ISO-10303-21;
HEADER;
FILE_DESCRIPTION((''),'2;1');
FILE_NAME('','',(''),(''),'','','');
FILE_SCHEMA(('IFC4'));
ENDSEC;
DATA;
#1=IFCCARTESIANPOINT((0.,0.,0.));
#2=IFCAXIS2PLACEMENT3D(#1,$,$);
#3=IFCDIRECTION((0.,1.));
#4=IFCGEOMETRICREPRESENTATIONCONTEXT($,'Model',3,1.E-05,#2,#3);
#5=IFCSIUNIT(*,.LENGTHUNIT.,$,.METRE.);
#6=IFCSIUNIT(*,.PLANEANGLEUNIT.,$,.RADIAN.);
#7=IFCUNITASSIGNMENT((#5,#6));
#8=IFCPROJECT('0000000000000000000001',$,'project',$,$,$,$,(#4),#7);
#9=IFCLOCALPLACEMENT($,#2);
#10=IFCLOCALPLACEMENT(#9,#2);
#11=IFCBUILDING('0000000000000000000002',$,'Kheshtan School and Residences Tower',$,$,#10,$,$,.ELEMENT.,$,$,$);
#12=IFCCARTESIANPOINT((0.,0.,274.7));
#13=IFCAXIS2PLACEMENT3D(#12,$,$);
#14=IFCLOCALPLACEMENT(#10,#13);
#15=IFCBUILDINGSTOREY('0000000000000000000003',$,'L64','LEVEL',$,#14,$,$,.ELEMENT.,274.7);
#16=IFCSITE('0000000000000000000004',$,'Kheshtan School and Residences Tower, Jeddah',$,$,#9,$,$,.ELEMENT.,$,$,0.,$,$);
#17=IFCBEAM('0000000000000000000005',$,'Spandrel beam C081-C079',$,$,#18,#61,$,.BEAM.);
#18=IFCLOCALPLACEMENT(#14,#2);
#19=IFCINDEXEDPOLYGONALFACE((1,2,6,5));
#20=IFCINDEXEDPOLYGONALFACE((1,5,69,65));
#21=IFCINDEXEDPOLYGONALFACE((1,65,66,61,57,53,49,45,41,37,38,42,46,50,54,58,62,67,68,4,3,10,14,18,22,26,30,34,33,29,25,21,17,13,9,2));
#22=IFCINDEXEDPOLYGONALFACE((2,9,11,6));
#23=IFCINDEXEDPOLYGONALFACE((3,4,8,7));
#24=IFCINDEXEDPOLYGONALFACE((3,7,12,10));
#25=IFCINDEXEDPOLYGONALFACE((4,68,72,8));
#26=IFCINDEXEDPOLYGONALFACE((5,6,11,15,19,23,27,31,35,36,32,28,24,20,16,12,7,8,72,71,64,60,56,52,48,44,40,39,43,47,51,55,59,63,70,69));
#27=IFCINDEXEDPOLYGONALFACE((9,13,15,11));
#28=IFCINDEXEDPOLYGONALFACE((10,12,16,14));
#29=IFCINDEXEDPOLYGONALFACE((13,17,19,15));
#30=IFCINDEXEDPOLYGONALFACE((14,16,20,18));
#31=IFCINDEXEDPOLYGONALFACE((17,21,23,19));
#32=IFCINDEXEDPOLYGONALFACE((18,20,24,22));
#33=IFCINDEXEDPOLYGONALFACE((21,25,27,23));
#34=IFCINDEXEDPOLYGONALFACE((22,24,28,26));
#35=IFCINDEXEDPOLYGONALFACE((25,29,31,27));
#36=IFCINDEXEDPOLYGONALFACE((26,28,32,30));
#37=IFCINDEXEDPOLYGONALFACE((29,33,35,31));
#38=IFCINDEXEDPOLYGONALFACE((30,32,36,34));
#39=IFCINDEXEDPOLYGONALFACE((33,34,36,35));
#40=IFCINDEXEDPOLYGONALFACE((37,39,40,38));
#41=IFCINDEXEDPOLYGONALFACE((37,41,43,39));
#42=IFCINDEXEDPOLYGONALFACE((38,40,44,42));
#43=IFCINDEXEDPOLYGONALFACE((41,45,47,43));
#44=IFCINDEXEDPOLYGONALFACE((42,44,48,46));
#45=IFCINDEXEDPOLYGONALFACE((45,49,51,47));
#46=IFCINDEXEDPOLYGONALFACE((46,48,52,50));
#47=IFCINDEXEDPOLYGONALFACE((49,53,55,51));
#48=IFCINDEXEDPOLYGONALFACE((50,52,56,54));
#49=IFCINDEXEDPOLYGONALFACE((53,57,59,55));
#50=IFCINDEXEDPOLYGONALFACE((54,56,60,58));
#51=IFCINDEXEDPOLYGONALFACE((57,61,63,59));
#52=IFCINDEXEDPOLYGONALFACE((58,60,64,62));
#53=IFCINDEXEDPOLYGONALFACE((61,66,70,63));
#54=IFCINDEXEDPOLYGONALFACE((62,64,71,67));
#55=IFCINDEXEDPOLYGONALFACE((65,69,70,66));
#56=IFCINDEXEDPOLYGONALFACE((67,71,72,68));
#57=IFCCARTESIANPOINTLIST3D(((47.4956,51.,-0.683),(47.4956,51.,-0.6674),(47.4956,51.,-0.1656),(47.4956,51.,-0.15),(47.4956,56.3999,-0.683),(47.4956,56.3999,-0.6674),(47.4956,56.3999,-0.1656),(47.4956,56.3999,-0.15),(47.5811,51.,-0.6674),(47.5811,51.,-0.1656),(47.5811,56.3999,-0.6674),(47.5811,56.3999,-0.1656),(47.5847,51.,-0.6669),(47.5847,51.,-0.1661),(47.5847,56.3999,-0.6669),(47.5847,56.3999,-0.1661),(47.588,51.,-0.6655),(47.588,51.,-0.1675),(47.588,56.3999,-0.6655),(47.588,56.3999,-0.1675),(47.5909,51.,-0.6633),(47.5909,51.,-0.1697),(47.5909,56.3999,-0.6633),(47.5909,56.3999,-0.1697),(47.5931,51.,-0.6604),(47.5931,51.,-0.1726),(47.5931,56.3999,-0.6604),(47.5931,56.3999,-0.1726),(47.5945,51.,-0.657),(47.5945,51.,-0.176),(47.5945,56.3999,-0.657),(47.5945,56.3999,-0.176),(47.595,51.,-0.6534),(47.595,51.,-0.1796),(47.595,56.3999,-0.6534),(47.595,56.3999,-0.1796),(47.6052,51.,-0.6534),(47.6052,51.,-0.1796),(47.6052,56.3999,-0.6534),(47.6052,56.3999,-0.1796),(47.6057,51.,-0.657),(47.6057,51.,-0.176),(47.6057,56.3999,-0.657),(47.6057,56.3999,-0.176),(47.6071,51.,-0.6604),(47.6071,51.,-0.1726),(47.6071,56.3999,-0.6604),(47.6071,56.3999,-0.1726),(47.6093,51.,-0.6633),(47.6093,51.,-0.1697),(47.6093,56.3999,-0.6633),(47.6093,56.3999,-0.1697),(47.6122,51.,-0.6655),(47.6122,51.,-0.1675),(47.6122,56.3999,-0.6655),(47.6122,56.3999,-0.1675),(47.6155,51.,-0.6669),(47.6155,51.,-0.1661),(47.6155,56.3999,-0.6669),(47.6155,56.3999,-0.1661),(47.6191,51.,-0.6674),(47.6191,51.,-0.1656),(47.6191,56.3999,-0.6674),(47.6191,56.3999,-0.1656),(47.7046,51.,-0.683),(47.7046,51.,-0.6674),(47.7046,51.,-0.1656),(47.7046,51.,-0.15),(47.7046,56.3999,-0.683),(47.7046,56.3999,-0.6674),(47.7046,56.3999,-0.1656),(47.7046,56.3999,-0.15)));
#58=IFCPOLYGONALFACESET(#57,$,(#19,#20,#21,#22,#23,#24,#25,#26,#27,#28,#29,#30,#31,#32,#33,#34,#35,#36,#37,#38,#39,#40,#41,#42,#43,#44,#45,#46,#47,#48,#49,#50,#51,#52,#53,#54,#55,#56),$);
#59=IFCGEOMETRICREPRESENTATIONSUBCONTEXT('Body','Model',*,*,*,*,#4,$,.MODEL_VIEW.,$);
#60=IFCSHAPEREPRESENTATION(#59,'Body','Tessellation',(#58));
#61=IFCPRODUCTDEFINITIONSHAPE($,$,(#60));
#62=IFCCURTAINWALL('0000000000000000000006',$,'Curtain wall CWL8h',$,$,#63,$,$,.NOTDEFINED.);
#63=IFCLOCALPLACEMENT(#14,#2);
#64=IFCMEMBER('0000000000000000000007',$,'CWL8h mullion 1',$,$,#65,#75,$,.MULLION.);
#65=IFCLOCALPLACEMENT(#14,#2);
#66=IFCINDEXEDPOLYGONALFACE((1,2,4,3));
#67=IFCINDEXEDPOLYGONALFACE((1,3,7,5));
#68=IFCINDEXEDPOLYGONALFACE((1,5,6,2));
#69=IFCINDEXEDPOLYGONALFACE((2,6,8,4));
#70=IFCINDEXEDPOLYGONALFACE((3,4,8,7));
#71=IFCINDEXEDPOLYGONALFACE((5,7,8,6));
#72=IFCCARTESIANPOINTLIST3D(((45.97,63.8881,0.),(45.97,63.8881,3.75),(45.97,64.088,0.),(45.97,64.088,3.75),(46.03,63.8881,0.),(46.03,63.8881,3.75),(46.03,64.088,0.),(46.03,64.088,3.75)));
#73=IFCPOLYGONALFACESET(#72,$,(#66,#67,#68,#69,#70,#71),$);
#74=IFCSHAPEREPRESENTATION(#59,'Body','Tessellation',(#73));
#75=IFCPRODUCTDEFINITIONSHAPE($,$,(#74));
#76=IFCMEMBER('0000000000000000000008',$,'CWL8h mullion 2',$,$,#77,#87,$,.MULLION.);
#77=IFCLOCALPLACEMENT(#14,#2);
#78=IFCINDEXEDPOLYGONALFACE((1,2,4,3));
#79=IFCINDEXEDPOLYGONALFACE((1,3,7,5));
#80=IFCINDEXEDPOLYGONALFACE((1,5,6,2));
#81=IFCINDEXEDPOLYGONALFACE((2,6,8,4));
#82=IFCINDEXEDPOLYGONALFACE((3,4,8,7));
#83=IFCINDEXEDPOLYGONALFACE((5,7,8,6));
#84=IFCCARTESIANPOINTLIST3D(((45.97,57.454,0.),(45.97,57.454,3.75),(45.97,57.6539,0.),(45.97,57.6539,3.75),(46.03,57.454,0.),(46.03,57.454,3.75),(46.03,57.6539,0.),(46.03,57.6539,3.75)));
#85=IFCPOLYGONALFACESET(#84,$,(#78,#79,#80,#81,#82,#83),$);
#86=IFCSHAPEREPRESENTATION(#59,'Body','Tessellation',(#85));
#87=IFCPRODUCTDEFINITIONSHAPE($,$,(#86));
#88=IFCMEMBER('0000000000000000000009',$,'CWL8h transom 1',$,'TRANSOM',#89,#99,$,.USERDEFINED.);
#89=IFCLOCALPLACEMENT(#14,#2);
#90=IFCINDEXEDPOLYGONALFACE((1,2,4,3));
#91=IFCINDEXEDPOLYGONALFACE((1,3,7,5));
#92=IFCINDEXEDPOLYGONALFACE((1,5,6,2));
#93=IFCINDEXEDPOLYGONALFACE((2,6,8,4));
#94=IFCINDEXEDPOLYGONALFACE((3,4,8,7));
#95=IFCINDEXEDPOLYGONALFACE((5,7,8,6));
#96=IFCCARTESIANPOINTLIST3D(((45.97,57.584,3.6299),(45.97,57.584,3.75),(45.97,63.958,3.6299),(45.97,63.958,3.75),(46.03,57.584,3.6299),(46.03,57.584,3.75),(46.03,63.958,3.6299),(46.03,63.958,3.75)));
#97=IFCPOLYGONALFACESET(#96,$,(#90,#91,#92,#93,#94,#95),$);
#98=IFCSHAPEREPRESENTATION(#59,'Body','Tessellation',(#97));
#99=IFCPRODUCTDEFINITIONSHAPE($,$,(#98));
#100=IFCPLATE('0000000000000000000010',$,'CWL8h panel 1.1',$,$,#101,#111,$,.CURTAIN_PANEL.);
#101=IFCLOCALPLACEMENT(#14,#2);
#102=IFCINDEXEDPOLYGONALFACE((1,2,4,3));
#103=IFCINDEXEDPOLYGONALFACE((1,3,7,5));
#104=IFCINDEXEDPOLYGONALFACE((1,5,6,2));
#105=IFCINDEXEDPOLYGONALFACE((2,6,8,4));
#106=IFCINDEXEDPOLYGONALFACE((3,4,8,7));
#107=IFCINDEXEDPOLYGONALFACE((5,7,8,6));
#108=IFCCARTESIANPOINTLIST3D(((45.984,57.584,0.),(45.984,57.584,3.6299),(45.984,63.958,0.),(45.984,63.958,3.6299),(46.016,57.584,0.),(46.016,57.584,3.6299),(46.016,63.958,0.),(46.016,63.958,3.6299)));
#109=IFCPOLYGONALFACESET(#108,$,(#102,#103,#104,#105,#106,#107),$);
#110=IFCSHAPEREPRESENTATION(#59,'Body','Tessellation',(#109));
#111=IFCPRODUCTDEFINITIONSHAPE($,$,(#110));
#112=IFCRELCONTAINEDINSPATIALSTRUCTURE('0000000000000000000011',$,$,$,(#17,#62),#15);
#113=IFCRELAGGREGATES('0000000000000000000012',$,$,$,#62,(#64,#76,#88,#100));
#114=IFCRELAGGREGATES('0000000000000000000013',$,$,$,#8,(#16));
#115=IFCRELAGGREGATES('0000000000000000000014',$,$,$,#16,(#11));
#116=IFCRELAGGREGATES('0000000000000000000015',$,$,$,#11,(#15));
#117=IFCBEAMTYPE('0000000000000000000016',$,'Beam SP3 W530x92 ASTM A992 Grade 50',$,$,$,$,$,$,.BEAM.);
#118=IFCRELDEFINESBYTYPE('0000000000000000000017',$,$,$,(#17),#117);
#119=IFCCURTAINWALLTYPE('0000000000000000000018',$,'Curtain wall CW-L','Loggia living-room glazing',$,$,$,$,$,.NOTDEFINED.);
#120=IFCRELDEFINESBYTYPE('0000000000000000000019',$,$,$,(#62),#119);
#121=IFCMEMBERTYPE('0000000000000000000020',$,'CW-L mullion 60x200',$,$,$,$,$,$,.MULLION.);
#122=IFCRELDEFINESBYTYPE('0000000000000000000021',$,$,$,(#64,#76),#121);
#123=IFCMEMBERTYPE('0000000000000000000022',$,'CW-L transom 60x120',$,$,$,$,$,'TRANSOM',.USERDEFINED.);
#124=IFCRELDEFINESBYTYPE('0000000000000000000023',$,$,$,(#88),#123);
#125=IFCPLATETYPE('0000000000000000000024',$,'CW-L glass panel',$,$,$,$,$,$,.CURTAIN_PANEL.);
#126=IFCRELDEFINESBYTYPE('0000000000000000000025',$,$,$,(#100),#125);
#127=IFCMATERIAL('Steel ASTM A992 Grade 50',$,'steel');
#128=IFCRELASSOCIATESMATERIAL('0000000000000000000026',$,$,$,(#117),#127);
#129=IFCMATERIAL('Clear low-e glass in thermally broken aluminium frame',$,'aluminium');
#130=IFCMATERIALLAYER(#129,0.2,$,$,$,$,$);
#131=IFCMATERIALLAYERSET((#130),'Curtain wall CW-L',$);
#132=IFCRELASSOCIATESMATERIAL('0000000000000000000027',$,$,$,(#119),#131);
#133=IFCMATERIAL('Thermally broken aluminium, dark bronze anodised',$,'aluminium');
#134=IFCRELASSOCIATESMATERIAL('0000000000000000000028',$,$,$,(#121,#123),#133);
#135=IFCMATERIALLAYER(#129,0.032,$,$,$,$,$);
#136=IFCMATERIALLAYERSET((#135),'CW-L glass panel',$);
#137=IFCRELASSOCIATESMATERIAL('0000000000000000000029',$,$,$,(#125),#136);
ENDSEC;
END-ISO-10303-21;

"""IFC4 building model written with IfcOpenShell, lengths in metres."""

from ifc_helpers import new_model, si_unit, direction, frame, origin, origin_2d, place, context, subcontext, project, spatial, rectangle, i_section, extrude, material, layer, layer_set, material_profile, profile_set, type_object, element, aggregate, save


model = new_model("IFC4")

# Units and contexts
model_context = context("Model", 3, precision=1e-05, world=origin(), true_north=direction((0.0, 1.0)))
body_context = subcontext(model_context, "Body", "Model", "MODEL_VIEW")
ifc_project = project(units=[si_unit("LENGTHUNIT", "METRE"), si_unit("PLANEANGLEUNIT", "RADIAN")], contexts=[model_context])

# Site, building, storey
site_placement = place(None, origin())
site = spatial("IfcSite", under=ifc_project, at=site_placement, Name="Kheshtan School and Residences Tower, Jeddah", CompositionType="ELEMENT", RefElevation=0.0)
building_placement = place(site_placement, origin())
building = spatial("IfcBuilding", under=site, at=building_placement, Name="Kheshtan School and Residences Tower", CompositionType="ELEMENT")
storey_placement = place(building_placement, frame((0.0, 0.0, 274.7)))
storey = spatial("IfcBuildingStorey", under=building, at=storey_placement, Name="L64", Description="LEVEL", CompositionType="ELEMENT", Elevation=274.7)

# Shared definitions
ifc_material_1 = material(Name="Steel ASTM A992 Grade 50", Category="steel")

# Beam
ifc_material_profile_1 = material_profile(ifc_material_1, i_section(OverallWidth=0.209, OverallDepth=0.533, WebThickness=0.0103, FlangeThickness=0.0156, FilletRadius=0.0139, at=origin_2d()), Name="W530x92")
ifc_profile_set_1 = profile_set([ifc_material_profile_1], Name="Steel ASTM A992 Grade 50")
beam_type_1 = type_object("IfcBeamType", Name="Beam SP3 W530x92 ASTM A992 Grade 50", PredefinedType="BEAM", material=ifc_profile_set_1)
beam_1_placement = place(storey_placement, frame((47.6001, 56.3999, -0.4165), z_axis=(0.0, -1.0, 0.0), x_axis=(1.0, 0.0, 0.0)))
element("IfcBeam", 1, at=beam_1_placement, inside=storey, type_object=beam_type_1, Name="Spandrel beam C081-C079", PredefinedType="BEAM", context=body_context, shape_type="SweptSolid", body=[
    extrude(i_section(OverallWidth=0.209, OverallDepth=0.533, WebThickness=0.0103, FlangeThickness=0.0156, FilletRadius=0.0139, at=origin_2d()), origin(), (0.0, 0.0, 1.0), 5.3999),
])

# Curtain wall, members, plate
ifc_material_2 = material(Name="Clear low-e glass in thermally broken aluminium frame", Category="aluminium")
ifc_layer_1 = layer(ifc_material_2, 0.2)
ifc_layer_set_1 = layer_set([ifc_layer_1], Name="Curtain wall CW-L")
curtain_wall_type = type_object("IfcCurtainWallType", Name="Curtain wall CW-L", Description="Loggia living-room glazing", PredefinedType="NOTDEFINED", material=ifc_layer_set_1)
curtain_wall_placement = place(storey_placement, origin())
curtain_wall = element("IfcCurtainWall", 2, at=curtain_wall_placement, inside=storey, type_object=curtain_wall_type, Name="Curtain wall CWL8h", PredefinedType="NOTDEFINED")
ifc_material_3 = material(Name="Thermally broken aluminium, dark bronze anodised", Category="aluminium")
ifc_material_profile_2 = material_profile(ifc_material_3, rectangle(XDim=0.0601, YDim=0.2, at=origin_2d()), Name="CW-L mullion 60x200")
ifc_profile_set_2 = profile_set([ifc_material_profile_2], Name="Thermally broken aluminium, dark bronze anodised")
member_type_1 = type_object("IfcMemberType", Name="CW-L mullion 60x200", PredefinedType="MULLION", material=ifc_profile_set_2)
member_1_placement = place(storey_placement, frame((46.0, 63.988, 0.0), z_axis=(0.0, 0.0, 1.0), x_axis=(1.0, 0.0, 0.0)))
member_1 = element("IfcMember", 3, at=member_1_placement, type_object=member_type_1, Name="CWL8h mullion 1", PredefinedType="MULLION", context=body_context, shape_type="SweptSolid", body=[
    extrude(rectangle(XDim=0.0601, YDim=0.2, at=origin_2d()), origin(), (0.0, 0.0, 1.0), 3.75),
])
member_2_placement = place(storey_placement, frame((46.0, 57.554, 0.0), z_axis=(0.0, 0.0, 1.0), x_axis=(1.0, 0.0, 0.0)))
member_2 = element("IfcMember", 4, at=member_2_placement, type_object=member_type_1, Name="CWL8h mullion 2", PredefinedType="MULLION", context=body_context, shape_type="SweptSolid", body=[
    extrude(rectangle(XDim=0.0601, YDim=0.2, at=origin_2d()), origin(), (0.0, 0.0, 1.0), 3.75),
])
ifc_material_profile_3 = material_profile(ifc_material_3, rectangle(XDim=0.0601, YDim=0.1201, at=origin_2d()), Name="CW-L transom 60x120")
ifc_profile_set_3 = profile_set([ifc_material_profile_3], Name="Thermally broken aluminium, dark bronze anodised")
member_type_2 = type_object("IfcMemberType", Name="CW-L transom 60x120", ElementType="TRANSOM", PredefinedType="USERDEFINED", material=ifc_profile_set_3)
member_3_placement = place(storey_placement, frame((46.0, 63.958, 3.6899), z_axis=(0.0, -1.0, 0.0), x_axis=(1.0, 0.0, 0.0)))
member_3 = element("IfcMember", 5, at=member_3_placement, type_object=member_type_2, Name="CWL8h transom 1", ObjectType="TRANSOM", PredefinedType="USERDEFINED", context=body_context, shape_type="SweptSolid", body=[
    extrude(rectangle(XDim=0.0601, YDim=0.1201, at=origin_2d()), origin(), (0.0, 0.0, 1.0), 6.374),
])
ifc_layer_2 = layer(ifc_material_2, 0.032)
ifc_layer_set_2 = layer_set([ifc_layer_2], Name="CW-L glass panel")
plate_type = type_object("IfcPlateType", Name="CW-L glass panel", PredefinedType="CURTAIN_PANEL", material=ifc_layer_set_2)
plate_placement = place(storey_placement, frame((46.0, 60.771, 0.0), z_axis=(0.0, 0.0, 1.0), x_axis=(0.0, -1.0, 0.0)))
plate = element("IfcPlate", 6, at=plate_placement, type_object=plate_type, Name="CWL8h panel 1.1", PredefinedType="CURTAIN_PANEL", context=body_context, shape_type="SweptSolid", body=[
    extrude(rectangle(XDim=6.374, YDim=0.032, at=origin_2d()), origin(), (0.0, 0.0, 1.0), 3.6299),
])
aggregate(curtain_wall, [member_1, member_2, member_3, plate])

save(model, "model.ifc")
